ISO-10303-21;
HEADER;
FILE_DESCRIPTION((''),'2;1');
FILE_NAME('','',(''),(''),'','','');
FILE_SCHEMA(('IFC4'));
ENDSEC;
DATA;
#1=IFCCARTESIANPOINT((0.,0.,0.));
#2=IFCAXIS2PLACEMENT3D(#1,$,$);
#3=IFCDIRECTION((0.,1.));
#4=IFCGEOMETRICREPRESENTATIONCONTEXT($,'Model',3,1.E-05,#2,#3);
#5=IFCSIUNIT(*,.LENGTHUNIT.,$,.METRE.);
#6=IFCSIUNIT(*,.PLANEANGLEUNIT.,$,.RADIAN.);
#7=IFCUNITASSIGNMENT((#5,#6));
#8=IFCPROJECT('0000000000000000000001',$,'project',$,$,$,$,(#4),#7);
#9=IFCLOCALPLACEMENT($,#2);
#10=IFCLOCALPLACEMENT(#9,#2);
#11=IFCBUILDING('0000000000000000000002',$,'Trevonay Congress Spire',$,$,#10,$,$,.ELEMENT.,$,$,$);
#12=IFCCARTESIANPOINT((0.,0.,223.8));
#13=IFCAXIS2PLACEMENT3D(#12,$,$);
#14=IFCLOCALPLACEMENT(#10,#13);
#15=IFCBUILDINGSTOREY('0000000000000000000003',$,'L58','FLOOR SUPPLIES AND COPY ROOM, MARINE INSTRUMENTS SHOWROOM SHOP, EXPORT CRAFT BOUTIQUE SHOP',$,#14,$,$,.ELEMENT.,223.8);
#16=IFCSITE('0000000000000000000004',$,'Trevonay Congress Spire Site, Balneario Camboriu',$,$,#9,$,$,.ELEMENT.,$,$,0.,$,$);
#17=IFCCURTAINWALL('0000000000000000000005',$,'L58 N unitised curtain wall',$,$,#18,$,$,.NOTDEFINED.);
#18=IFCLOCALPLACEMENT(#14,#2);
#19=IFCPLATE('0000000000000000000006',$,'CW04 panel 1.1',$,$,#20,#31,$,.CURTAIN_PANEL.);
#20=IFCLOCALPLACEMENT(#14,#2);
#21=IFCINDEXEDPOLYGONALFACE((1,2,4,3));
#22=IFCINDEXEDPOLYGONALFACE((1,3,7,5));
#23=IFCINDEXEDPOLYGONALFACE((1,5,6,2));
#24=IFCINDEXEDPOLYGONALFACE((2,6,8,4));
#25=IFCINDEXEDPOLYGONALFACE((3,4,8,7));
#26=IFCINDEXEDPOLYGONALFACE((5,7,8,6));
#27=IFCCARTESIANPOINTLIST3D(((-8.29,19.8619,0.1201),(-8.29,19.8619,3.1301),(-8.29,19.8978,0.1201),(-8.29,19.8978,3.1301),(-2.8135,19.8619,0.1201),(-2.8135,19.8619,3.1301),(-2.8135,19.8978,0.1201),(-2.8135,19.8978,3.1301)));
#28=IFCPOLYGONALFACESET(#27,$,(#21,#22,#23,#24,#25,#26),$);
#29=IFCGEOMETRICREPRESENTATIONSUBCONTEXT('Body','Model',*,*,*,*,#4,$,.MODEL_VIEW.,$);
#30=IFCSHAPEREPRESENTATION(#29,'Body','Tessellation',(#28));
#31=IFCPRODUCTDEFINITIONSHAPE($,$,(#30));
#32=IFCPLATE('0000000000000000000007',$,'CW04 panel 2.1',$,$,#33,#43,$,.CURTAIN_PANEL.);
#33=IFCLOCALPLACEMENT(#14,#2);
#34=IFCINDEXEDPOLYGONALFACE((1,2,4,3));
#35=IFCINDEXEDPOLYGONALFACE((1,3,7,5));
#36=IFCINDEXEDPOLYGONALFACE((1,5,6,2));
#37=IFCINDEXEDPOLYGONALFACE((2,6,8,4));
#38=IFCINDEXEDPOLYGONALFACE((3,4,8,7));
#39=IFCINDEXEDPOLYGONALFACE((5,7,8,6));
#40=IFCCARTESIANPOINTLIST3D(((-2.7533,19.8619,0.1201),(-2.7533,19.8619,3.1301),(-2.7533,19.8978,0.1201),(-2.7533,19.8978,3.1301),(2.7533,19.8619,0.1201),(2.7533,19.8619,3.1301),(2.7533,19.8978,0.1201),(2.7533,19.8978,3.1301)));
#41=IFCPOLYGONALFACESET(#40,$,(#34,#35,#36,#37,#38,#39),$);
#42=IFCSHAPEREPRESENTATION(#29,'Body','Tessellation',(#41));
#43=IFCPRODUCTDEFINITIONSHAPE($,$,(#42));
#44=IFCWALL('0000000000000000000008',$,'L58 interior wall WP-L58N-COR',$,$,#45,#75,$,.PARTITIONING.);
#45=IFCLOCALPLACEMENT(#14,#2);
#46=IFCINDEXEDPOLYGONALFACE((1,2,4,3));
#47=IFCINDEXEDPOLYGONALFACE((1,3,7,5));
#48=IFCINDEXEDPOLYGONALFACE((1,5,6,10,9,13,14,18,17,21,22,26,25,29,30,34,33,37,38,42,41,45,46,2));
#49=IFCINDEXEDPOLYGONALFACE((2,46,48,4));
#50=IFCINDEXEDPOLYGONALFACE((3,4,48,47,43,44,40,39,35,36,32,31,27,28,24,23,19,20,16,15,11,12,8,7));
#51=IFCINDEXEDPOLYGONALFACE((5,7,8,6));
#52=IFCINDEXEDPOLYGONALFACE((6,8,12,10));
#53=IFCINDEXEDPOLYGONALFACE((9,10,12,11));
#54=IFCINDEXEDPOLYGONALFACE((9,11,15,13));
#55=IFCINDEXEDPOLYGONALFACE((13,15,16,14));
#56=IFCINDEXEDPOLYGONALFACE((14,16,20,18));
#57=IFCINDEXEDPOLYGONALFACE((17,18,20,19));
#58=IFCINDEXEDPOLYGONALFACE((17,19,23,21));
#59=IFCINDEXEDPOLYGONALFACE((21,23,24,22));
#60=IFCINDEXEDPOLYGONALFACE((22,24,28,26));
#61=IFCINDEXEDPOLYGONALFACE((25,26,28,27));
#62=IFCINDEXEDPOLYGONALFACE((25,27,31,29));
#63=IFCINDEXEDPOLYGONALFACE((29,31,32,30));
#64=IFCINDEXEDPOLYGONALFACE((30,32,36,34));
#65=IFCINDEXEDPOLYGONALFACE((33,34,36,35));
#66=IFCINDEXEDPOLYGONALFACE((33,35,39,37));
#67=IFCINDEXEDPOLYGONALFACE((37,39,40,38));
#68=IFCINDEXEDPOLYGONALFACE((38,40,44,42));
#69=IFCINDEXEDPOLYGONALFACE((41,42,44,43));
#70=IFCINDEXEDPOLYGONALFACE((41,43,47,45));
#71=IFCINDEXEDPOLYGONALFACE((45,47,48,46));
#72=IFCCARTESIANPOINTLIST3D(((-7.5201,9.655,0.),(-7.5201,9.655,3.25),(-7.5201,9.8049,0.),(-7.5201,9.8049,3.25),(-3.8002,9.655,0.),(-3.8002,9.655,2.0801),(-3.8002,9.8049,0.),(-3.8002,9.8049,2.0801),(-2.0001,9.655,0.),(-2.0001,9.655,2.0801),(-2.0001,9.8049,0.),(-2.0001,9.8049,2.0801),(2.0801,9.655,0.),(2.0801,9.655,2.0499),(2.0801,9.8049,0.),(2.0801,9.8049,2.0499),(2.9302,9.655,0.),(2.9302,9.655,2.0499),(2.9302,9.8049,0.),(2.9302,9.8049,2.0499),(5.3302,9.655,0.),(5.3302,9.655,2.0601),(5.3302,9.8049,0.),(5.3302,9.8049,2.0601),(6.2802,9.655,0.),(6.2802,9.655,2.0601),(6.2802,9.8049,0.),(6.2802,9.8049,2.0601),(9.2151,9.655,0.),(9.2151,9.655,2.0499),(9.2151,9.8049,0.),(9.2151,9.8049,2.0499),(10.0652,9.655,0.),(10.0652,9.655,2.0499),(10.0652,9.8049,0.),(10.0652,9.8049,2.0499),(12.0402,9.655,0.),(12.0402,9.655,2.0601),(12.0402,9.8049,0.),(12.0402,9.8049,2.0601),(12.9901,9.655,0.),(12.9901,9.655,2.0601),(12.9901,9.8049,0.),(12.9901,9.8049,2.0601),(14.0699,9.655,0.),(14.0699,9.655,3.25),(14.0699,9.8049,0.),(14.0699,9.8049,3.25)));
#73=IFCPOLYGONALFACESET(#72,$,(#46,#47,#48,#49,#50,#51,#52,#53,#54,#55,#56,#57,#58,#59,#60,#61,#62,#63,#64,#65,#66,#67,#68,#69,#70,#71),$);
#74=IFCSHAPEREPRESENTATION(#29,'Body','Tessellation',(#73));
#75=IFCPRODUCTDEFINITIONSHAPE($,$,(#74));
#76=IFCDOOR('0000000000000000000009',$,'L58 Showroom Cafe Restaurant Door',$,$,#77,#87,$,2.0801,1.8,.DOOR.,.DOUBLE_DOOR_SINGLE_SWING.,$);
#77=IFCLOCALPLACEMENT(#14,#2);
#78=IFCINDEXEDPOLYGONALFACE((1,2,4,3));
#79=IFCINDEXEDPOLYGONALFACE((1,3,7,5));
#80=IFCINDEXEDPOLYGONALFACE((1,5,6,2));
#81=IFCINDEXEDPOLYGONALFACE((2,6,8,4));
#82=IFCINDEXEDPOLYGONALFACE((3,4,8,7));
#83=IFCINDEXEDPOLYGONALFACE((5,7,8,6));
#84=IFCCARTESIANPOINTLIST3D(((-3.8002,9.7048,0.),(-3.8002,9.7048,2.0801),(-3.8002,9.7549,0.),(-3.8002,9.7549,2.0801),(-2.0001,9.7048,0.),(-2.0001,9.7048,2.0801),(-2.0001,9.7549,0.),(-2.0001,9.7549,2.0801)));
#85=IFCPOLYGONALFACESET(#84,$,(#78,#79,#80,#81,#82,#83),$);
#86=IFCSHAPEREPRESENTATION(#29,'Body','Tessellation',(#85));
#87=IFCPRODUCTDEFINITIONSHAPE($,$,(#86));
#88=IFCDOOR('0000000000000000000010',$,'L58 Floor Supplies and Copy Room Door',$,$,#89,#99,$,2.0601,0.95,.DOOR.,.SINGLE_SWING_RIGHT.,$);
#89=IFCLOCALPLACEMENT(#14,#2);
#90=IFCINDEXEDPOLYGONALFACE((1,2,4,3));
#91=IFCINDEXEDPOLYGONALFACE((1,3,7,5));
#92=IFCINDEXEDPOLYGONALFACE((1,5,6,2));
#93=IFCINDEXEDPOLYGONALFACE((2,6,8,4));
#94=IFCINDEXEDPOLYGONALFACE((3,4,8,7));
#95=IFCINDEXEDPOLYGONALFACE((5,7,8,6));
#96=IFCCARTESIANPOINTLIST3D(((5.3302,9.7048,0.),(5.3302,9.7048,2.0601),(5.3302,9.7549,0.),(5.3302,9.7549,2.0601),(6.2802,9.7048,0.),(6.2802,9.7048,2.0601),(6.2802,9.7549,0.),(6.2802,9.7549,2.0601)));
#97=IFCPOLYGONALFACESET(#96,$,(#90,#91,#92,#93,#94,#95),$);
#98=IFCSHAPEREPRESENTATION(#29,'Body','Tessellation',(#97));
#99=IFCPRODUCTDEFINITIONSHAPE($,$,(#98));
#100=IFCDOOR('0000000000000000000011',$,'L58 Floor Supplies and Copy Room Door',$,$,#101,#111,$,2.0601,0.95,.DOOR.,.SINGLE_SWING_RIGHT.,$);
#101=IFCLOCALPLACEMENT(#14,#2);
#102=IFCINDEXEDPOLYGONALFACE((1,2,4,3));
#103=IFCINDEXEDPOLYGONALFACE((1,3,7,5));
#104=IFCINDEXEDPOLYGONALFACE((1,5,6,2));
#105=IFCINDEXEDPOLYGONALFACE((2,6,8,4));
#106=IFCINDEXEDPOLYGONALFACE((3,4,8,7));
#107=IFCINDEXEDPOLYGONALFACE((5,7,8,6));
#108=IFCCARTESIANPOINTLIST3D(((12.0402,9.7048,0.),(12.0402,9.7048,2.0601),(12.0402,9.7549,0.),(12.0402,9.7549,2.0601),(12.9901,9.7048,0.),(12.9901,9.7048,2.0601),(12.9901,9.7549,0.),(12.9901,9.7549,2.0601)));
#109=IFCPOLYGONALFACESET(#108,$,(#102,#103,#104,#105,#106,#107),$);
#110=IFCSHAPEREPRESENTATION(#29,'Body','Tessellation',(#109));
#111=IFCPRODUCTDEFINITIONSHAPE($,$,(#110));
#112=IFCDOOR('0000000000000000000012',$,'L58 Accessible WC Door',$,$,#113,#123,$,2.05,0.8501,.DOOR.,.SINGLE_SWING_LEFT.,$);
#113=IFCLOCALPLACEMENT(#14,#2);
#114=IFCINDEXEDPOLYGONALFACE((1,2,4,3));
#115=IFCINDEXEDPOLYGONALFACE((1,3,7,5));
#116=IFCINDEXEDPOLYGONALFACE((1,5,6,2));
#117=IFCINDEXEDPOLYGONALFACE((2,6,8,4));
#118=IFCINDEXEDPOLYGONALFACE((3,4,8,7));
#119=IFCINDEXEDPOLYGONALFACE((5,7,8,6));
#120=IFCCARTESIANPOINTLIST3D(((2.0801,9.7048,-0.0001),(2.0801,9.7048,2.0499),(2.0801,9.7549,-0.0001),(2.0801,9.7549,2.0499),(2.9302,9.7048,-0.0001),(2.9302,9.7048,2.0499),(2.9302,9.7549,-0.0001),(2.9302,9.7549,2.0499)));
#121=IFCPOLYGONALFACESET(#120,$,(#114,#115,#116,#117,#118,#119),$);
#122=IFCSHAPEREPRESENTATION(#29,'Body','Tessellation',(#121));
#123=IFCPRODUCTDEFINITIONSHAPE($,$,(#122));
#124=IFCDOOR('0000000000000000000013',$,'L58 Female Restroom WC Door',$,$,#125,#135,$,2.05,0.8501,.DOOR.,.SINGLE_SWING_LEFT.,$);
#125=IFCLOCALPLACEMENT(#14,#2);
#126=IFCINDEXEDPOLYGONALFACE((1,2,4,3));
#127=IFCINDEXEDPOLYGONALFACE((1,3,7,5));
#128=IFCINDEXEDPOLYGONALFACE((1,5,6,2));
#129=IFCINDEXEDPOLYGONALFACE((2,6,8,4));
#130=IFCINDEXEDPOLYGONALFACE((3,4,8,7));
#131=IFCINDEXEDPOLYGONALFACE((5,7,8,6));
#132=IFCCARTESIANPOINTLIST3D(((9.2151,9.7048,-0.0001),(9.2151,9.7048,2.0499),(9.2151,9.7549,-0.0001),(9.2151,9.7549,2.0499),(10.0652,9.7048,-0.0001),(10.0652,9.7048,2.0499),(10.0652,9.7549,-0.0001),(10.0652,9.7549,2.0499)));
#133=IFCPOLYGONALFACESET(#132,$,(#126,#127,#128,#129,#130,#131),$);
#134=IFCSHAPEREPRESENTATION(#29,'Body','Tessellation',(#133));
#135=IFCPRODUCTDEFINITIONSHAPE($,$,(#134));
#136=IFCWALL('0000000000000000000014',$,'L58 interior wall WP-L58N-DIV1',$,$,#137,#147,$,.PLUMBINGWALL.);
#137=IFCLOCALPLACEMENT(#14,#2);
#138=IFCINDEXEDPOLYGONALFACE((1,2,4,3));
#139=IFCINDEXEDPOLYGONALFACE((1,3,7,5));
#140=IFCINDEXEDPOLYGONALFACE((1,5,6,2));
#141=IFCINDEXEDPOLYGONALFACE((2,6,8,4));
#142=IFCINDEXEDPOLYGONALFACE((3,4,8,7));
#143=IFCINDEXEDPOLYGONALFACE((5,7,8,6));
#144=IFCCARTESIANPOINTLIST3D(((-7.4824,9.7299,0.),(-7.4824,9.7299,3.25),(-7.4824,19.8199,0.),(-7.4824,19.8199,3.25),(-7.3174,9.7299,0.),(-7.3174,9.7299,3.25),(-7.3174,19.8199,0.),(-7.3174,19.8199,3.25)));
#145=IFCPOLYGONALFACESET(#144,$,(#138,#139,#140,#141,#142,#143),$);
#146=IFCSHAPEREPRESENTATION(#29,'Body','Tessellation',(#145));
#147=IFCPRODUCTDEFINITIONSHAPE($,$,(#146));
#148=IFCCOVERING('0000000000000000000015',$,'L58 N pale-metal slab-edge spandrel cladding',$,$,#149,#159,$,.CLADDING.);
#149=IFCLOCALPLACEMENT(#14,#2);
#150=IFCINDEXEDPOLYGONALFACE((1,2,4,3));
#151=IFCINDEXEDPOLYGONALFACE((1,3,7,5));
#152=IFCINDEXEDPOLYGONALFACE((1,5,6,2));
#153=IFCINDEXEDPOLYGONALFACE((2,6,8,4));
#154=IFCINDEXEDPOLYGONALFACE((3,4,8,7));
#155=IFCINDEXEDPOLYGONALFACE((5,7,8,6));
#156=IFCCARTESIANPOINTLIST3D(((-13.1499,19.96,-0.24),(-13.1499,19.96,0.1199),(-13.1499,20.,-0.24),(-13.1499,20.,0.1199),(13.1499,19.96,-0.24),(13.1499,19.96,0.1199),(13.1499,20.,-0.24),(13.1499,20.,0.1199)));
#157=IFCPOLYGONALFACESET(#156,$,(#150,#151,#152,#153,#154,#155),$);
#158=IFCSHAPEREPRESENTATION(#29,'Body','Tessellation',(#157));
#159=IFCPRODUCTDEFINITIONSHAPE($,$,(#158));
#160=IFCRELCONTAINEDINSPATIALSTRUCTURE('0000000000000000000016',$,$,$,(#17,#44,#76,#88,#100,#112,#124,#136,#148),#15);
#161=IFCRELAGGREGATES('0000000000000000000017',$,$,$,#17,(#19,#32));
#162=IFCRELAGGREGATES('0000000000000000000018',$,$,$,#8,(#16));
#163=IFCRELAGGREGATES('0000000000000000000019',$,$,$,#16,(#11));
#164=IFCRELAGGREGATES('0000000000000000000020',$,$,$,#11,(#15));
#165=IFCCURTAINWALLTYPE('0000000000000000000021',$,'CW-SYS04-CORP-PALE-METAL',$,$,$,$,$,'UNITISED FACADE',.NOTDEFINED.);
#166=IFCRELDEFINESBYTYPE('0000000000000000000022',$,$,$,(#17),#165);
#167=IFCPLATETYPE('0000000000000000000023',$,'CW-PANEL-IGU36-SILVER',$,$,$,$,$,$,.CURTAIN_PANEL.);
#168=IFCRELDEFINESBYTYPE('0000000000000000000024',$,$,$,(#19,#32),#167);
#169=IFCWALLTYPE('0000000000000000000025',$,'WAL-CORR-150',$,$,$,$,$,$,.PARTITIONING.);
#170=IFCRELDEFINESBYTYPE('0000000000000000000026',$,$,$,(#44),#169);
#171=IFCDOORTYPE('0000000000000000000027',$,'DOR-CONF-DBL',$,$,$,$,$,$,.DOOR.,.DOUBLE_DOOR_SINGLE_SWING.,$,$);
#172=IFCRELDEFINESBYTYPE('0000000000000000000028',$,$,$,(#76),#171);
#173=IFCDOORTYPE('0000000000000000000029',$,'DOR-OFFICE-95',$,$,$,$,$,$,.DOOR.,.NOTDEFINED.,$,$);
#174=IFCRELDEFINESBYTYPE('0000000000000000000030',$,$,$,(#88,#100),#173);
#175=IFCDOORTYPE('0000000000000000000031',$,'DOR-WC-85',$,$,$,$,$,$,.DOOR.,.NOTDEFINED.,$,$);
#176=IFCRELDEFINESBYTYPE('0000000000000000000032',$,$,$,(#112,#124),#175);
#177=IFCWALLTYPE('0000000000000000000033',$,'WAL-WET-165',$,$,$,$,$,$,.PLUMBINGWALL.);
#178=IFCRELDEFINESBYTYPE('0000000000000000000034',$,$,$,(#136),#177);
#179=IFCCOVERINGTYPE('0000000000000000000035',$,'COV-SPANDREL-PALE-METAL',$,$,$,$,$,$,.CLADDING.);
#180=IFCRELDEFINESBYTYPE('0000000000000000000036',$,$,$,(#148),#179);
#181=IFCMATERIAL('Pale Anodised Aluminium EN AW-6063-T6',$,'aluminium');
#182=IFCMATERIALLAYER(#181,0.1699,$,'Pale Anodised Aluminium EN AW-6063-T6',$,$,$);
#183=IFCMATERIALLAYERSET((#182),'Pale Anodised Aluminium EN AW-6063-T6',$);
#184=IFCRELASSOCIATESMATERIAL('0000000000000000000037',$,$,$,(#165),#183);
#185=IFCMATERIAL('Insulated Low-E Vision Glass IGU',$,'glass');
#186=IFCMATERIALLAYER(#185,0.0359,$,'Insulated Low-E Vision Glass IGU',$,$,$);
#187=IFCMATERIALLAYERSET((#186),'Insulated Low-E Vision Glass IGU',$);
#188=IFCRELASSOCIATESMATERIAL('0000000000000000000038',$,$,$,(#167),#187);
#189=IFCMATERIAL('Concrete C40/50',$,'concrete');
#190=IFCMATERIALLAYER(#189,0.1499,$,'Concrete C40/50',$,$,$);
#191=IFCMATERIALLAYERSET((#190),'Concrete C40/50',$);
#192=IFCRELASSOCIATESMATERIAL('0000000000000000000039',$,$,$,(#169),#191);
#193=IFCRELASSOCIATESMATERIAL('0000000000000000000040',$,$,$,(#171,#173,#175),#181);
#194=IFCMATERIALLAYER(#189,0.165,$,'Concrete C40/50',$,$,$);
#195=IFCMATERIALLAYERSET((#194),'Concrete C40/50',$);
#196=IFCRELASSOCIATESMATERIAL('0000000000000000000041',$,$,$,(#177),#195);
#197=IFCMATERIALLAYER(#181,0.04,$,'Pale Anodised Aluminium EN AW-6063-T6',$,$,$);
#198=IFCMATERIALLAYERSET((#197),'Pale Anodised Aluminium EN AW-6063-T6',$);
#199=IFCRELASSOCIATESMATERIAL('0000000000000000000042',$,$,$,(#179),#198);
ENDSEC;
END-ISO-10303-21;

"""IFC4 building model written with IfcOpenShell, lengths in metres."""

from ifc_helpers import new_model, si_unit, direction, frame, frame_2d, origin, origin_2d, place, context, subcontext, project, spatial, rectangle, extrude, material, layer, layer_set, type_object, element, fill, aggregate, save


model = new_model("IFC4")

# Units and contexts
model_context = context("Model", 3, precision=1e-05, world=origin(), true_north=direction((0.0, 1.0)))
body_context = subcontext(model_context, "Body", "Model", "MODEL_VIEW")
ifc_project = project(units=[si_unit("LENGTHUNIT", "METRE"), si_unit("PLANEANGLEUNIT", "RADIAN")], contexts=[model_context])

# Site, building, storey
site_placement = place(None, origin())
site = spatial("IfcSite", under=ifc_project, at=site_placement, Name="Trevonay Congress Spire Site, Balneario Camboriu", CompositionType="ELEMENT", RefElevation=0.0)
building_placement = place(site_placement, origin())
building = spatial("IfcBuilding", under=site, at=building_placement, Name="Trevonay Congress Spire", CompositionType="ELEMENT")
storey_placement = place(building_placement, frame((0.0, 0.0, 223.8)))
storey = spatial("IfcBuildingStorey", under=building, at=storey_placement, Name="L58", Description="FLOOR SUPPLIES AND COPY ROOM, MARINE INSTRUMENTS SHOWROOM SHOP, EXPORT CRAFT BOUTIQUE SHOP", CompositionType="ELEMENT", Elevation=223.8)

# Curtain wall
ifc_material_1 = material(Name="Pale Anodised Aluminium EN AW-6063-T6", Category="aluminium")
ifc_layer_1 = layer(ifc_material_1, 0.1699, Name="Pale Anodised Aluminium EN AW-6063-T6")
ifc_layer_set_1 = layer_set([ifc_layer_1], Name="Pale Anodised Aluminium EN AW-6063-T6")
curtain_wall_type = type_object("IfcCurtainWallType", Name="CW-SYS04-CORP-PALE-METAL", ElementType="UNITISED FACADE", PredefinedType="NOTDEFINED", material=ifc_layer_set_1)
curtain_wall_placement = place(storey_placement, origin())
curtain_wall = element("IfcCurtainWall", 1, at=curtain_wall_placement, inside=storey, type_object=curtain_wall_type, Name="L58 N unitised curtain wall", PredefinedType="NOTDEFINED")

# Plates
ifc_material_2 = material(Name="Insulated Low-E Vision Glass IGU", Category="glass")
ifc_layer_2 = layer(ifc_material_2, 0.0359, Name="Insulated Low-E Vision Glass IGU")
ifc_layer_set_2 = layer_set([ifc_layer_2], Name="Insulated Low-E Vision Glass IGU")
plate_type = type_object("IfcPlateType", Name="CW-PANEL-IGU36-SILVER", PredefinedType="CURTAIN_PANEL", material=ifc_layer_set_2)
plate_1_placement = place(storey_placement, frame((-5.5518, 19.8799, 0.1201), z_axis=(0.0, 0.0, 1.0), x_axis=(1.0, 0.0, 0.0)))
plate_1 = element("IfcPlate", 2, at=plate_1_placement, type_object=plate_type, Name="CW04 panel 1.1", PredefinedType="CURTAIN_PANEL", context=body_context, shape_type="SweptSolid", body=[
    extrude(rectangle(XDim=5.4766, YDim=0.0359, at=origin_2d()), origin(), (0.0, 0.0, 1.0), 3.01),
])
plate_2_placement = place(storey_placement, frame((0.0, 19.8799, 0.1201), z_axis=(0.0, 0.0, 1.0), x_axis=(1.0, 0.0, 0.0)))
plate_2 = element("IfcPlate", 3, at=plate_2_placement, type_object=plate_type, Name="CW04 panel 2.1", PredefinedType="CURTAIN_PANEL", context=body_context, shape_type="SweptSolid", body=[
    extrude(rectangle(XDim=5.5066, YDim=0.0359, at=origin_2d()), origin(), (0.0, 0.0, 1.0), 3.01),
])
aggregate(curtain_wall, [plate_1, plate_2])

# Wall, openings, doors
ifc_material_3 = material(Name="Concrete C40/50", Category="concrete")
ifc_layer_3 = layer(ifc_material_3, 0.1499, Name="Concrete C40/50")
ifc_layer_set_3 = layer_set([ifc_layer_3], Name="Concrete C40/50")
wall_type_1 = type_object("IfcWallType", Name="WAL-CORR-150", PredefinedType="PARTITIONING", material=ifc_layer_set_3)
wall_1_placement = place(storey_placement, frame((-7.52, 9.73, 0.0), z_axis=(0.0, 0.0, 1.0), x_axis=(1.0, 0.0, 0.0)))
wall_1 = element("IfcWall", 4, at=wall_1_placement, inside=storey, type_object=wall_type_1, Name="L58 interior wall WP-L58N-COR", PredefinedType="PARTITIONING", context=body_context, shape_type="SweptSolid", body=[
    extrude(rectangle(XDim=21.5901, YDim=0.1499, at=frame_2d((10.7949, 0.0))), origin(), (0.0, 0.0, 1.0), 3.25),
])
opening_1_placement = place(wall_1_placement, frame((3.72, 0.0, 0.0)))
opening_1 = element("IfcOpeningElement", 5, at=opening_1_placement, cuts=wall_1, PredefinedType="OPENING", context=body_context, shape_type="SweptSolid", body=[
    extrude(rectangle(XDim=1.8, YDim=2.0801, at=frame_2d((0.8999, 1.04))), frame((0.0, 0.085, 0.0), z_axis=(0.0, -1.0, 0.0), x_axis=(1.0, 0.0, 0.0)), (0.0, 0.0, 1.0), 0.1699),
])
opening_2_placement = place(wall_1_placement, frame((9.6001, 0.0, 0.0)))
opening_2 = element("IfcOpeningElement", 6, at=opening_2_placement, cuts=wall_1, PredefinedType="OPENING", context=body_context, shape_type="SweptSolid", body=[
    extrude(rectangle(XDim=0.8501, YDim=2.05, at=frame_2d((0.425, 1.0249))), frame((0.0, 0.085, 0.0), z_axis=(0.0, -1.0, 0.0), x_axis=(1.0, 0.0, 0.0)), (0.0, 0.0, 1.0), 0.1699),
])
opening_3_placement = place(wall_1_placement, frame((12.8501, 0.0, 0.0)))
opening_3 = element("IfcOpeningElement", 7, at=opening_3_placement, cuts=wall_1, PredefinedType="OPENING", context=body_context, shape_type="SweptSolid", body=[
    extrude(rectangle(XDim=0.95, YDim=2.0601, at=frame_2d((0.4751, 1.03))), frame((0.0, 0.085, 0.0), z_axis=(0.0, -1.0, 0.0), x_axis=(1.0, 0.0, 0.0)), (0.0, 0.0, 1.0), 0.1699),
])
opening_4_placement = place(wall_1_placement, frame((16.7351, 0.0, 0.0)))
opening_4 = element("IfcOpeningElement", 8, at=opening_4_placement, cuts=wall_1, PredefinedType="OPENING", context=body_context, shape_type="SweptSolid", body=[
    extrude(rectangle(XDim=0.8501, YDim=2.05, at=frame_2d((0.425, 1.0249))), frame((0.0, 0.085, 0.0), z_axis=(0.0, -1.0, 0.0), x_axis=(1.0, 0.0, 0.0)), (0.0, 0.0, 1.0), 0.1699),
])
opening_5_placement = place(wall_1_placement, frame((19.5601, 0.0, 0.0)))
opening_5 = element("IfcOpeningElement", 9, at=opening_5_placement, cuts=wall_1, PredefinedType="OPENING", context=body_context, shape_type="SweptSolid", body=[
    extrude(rectangle(XDim=0.95, YDim=2.0601, at=frame_2d((0.4751, 1.03))), frame((0.0, 0.085, 0.0), z_axis=(0.0, -1.0, 0.0), x_axis=(1.0, 0.0, 0.0)), (0.0, 0.0, 1.0), 0.1699),
])
door_type_1 = type_object("IfcDoorType", Name="DOR-CONF-DBL", OperationType="DOUBLE_DOOR_SINGLE_SWING", PredefinedType="DOOR", material=ifc_material_1)
door_1_placement = place(opening_1_placement, origin())
door_1 = element("IfcDoor", 10, at=door_1_placement, inside=storey, type_object=door_type_1, Name="L58 Showroom Cafe Restaurant Door", OperationType="DOUBLE_DOOR_SINGLE_SWING", OverallHeight=2.0801, OverallWidth=1.8, PredefinedType="DOOR", context=body_context, shape_type="SweptSolid", body=[
    extrude(rectangle(XDim=1.8, YDim=2.0801, at=frame_2d((0.8999, 1.04))), frame((0.0, 0.0249, 0.0), z_axis=(0.0, -1.0, 0.0), x_axis=(1.0, 0.0, 0.0)), (0.0, 0.0, 1.0), 0.05),
])
fill(opening_1, door_1)
door_type_2 = type_object("IfcDoorType", Name="DOR-OFFICE-95", OperationType="NOTDEFINED", PredefinedType="DOOR", material=ifc_material_1)
door_2_placement = place(opening_3_placement, origin())
door_2 = element("IfcDoor", 11, at=door_2_placement, inside=storey, type_object=door_type_2, Name="L58 Floor Supplies and Copy Room Door", OperationType="SINGLE_SWING_RIGHT", OverallHeight=2.0601, OverallWidth=0.95, PredefinedType="DOOR", context=body_context, shape_type="SweptSolid", body=[
    extrude(rectangle(XDim=0.95, YDim=2.0601, at=frame_2d((0.4751, 1.03))), frame((0.0, 0.0249, 0.0), z_axis=(0.0, -1.0, 0.0), x_axis=(1.0, 0.0, 0.0)), (0.0, 0.0, 1.0), 0.05),
])
fill(opening_3, door_2)
door_3_placement = place(opening_5_placement, origin())
door_3 = element("IfcDoor", 12, at=door_3_placement, inside=storey, type_object=door_type_2, Name="L58 Floor Supplies and Copy Room Door", OperationType="SINGLE_SWING_RIGHT", OverallHeight=2.0601, OverallWidth=0.95, PredefinedType="DOOR", context=body_context, shape_type="SweptSolid", body=[
    extrude(rectangle(XDim=0.95, YDim=2.0601, at=frame_2d((0.4751, 1.03))), frame((0.0, 0.0249, 0.0), z_axis=(0.0, -1.0, 0.0), x_axis=(1.0, 0.0, 0.0)), (0.0, 0.0, 1.0), 0.05),
])
fill(opening_5, door_3)
door_type_3 = type_object("IfcDoorType", Name="DOR-WC-85", OperationType="NOTDEFINED", PredefinedType="DOOR", material=ifc_material_1)
door_4_placement = place(opening_2_placement, origin())
door_4 = element("IfcDoor", 13, at=door_4_placement, inside=storey, type_object=door_type_3, Name="L58 Accessible WC Door", OperationType="SINGLE_SWING_LEFT", OverallHeight=2.05, OverallWidth=0.8501, PredefinedType="DOOR", context=body_context, shape_type="SweptSolid", body=[
    extrude(rectangle(XDim=0.8501, YDim=2.05, at=frame_2d((0.425, 1.0249))), frame((0.0, 0.0249, 0.0), z_axis=(0.0, -1.0, 0.0), x_axis=(1.0, 0.0, 0.0)), (0.0, 0.0, 1.0), 0.05),
])
fill(opening_2, door_4)
door_5_placement = place(opening_4_placement, origin())
door_5 = element("IfcDoor", 14, at=door_5_placement, inside=storey, type_object=door_type_3, Name="L58 Female Restroom WC Door", OperationType="SINGLE_SWING_LEFT", OverallHeight=2.05, OverallWidth=0.8501, PredefinedType="DOOR", context=body_context, shape_type="SweptSolid", body=[
    extrude(rectangle(XDim=0.8501, YDim=2.05, at=frame_2d((0.425, 1.0249))), frame((0.0, 0.0249, 0.0), z_axis=(0.0, -1.0, 0.0), x_axis=(1.0, 0.0, 0.0)), (0.0, 0.0, 1.0), 0.05),
])
fill(opening_4, door_5)

# Wall
ifc_layer_4 = layer(ifc_material_3, 0.165, Name="Concrete C40/50")
ifc_layer_set_4 = layer_set([ifc_layer_4], Name="Concrete C40/50")
wall_type_2 = type_object("IfcWallType", Name="WAL-WET-165", PredefinedType="PLUMBINGWALL", material=ifc_layer_set_4)
wall_2_placement = place(storey_placement, frame((-7.3999, 9.73, 0.0), z_axis=(0.0, 0.0, 1.0), x_axis=(0.0, 1.0, 0.0)))
element("IfcWall", 15, at=wall_2_placement, inside=storey, type_object=wall_type_2, Name="L58 interior wall WP-L58N-DIV1", PredefinedType="PLUMBINGWALL", context=body_context, shape_type="SweptSolid", body=[
    extrude(rectangle(XDim=10.0901, YDim=0.165, at=frame_2d((5.0449, 0.0))), origin(), (0.0, 0.0, 1.0), 3.25),
])

# Covering
ifc_layer_5 = layer(ifc_material_1, 0.04, Name="Pale Anodised Aluminium EN AW-6063-T6")
ifc_layer_set_5 = layer_set([ifc_layer_5], Name="Pale Anodised Aluminium EN AW-6063-T6")
covering_type = type_object("IfcCoveringType", Name="COV-SPANDREL-PALE-METAL", PredefinedType="CLADDING", material=ifc_layer_set_5)
covering_placement = place(storey_placement, frame((-13.1499, 19.98, -0.24), z_axis=(0.0, 0.0, 1.0), x_axis=(1.0, 0.0, 0.0)))
element("IfcCovering", 16, at=covering_placement, inside=storey, type_object=covering_type, Name="L58 N pale-metal slab-edge spandrel cladding", PredefinedType="CLADDING", context=body_context, shape_type="SweptSolid", body=[
    extrude(rectangle(XDim=26.2998, YDim=0.04, at=frame_2d((13.1499, 0.0))), origin(), (0.0, 0.0, 1.0), 0.3599),
])

save(model, "model.ifc")
